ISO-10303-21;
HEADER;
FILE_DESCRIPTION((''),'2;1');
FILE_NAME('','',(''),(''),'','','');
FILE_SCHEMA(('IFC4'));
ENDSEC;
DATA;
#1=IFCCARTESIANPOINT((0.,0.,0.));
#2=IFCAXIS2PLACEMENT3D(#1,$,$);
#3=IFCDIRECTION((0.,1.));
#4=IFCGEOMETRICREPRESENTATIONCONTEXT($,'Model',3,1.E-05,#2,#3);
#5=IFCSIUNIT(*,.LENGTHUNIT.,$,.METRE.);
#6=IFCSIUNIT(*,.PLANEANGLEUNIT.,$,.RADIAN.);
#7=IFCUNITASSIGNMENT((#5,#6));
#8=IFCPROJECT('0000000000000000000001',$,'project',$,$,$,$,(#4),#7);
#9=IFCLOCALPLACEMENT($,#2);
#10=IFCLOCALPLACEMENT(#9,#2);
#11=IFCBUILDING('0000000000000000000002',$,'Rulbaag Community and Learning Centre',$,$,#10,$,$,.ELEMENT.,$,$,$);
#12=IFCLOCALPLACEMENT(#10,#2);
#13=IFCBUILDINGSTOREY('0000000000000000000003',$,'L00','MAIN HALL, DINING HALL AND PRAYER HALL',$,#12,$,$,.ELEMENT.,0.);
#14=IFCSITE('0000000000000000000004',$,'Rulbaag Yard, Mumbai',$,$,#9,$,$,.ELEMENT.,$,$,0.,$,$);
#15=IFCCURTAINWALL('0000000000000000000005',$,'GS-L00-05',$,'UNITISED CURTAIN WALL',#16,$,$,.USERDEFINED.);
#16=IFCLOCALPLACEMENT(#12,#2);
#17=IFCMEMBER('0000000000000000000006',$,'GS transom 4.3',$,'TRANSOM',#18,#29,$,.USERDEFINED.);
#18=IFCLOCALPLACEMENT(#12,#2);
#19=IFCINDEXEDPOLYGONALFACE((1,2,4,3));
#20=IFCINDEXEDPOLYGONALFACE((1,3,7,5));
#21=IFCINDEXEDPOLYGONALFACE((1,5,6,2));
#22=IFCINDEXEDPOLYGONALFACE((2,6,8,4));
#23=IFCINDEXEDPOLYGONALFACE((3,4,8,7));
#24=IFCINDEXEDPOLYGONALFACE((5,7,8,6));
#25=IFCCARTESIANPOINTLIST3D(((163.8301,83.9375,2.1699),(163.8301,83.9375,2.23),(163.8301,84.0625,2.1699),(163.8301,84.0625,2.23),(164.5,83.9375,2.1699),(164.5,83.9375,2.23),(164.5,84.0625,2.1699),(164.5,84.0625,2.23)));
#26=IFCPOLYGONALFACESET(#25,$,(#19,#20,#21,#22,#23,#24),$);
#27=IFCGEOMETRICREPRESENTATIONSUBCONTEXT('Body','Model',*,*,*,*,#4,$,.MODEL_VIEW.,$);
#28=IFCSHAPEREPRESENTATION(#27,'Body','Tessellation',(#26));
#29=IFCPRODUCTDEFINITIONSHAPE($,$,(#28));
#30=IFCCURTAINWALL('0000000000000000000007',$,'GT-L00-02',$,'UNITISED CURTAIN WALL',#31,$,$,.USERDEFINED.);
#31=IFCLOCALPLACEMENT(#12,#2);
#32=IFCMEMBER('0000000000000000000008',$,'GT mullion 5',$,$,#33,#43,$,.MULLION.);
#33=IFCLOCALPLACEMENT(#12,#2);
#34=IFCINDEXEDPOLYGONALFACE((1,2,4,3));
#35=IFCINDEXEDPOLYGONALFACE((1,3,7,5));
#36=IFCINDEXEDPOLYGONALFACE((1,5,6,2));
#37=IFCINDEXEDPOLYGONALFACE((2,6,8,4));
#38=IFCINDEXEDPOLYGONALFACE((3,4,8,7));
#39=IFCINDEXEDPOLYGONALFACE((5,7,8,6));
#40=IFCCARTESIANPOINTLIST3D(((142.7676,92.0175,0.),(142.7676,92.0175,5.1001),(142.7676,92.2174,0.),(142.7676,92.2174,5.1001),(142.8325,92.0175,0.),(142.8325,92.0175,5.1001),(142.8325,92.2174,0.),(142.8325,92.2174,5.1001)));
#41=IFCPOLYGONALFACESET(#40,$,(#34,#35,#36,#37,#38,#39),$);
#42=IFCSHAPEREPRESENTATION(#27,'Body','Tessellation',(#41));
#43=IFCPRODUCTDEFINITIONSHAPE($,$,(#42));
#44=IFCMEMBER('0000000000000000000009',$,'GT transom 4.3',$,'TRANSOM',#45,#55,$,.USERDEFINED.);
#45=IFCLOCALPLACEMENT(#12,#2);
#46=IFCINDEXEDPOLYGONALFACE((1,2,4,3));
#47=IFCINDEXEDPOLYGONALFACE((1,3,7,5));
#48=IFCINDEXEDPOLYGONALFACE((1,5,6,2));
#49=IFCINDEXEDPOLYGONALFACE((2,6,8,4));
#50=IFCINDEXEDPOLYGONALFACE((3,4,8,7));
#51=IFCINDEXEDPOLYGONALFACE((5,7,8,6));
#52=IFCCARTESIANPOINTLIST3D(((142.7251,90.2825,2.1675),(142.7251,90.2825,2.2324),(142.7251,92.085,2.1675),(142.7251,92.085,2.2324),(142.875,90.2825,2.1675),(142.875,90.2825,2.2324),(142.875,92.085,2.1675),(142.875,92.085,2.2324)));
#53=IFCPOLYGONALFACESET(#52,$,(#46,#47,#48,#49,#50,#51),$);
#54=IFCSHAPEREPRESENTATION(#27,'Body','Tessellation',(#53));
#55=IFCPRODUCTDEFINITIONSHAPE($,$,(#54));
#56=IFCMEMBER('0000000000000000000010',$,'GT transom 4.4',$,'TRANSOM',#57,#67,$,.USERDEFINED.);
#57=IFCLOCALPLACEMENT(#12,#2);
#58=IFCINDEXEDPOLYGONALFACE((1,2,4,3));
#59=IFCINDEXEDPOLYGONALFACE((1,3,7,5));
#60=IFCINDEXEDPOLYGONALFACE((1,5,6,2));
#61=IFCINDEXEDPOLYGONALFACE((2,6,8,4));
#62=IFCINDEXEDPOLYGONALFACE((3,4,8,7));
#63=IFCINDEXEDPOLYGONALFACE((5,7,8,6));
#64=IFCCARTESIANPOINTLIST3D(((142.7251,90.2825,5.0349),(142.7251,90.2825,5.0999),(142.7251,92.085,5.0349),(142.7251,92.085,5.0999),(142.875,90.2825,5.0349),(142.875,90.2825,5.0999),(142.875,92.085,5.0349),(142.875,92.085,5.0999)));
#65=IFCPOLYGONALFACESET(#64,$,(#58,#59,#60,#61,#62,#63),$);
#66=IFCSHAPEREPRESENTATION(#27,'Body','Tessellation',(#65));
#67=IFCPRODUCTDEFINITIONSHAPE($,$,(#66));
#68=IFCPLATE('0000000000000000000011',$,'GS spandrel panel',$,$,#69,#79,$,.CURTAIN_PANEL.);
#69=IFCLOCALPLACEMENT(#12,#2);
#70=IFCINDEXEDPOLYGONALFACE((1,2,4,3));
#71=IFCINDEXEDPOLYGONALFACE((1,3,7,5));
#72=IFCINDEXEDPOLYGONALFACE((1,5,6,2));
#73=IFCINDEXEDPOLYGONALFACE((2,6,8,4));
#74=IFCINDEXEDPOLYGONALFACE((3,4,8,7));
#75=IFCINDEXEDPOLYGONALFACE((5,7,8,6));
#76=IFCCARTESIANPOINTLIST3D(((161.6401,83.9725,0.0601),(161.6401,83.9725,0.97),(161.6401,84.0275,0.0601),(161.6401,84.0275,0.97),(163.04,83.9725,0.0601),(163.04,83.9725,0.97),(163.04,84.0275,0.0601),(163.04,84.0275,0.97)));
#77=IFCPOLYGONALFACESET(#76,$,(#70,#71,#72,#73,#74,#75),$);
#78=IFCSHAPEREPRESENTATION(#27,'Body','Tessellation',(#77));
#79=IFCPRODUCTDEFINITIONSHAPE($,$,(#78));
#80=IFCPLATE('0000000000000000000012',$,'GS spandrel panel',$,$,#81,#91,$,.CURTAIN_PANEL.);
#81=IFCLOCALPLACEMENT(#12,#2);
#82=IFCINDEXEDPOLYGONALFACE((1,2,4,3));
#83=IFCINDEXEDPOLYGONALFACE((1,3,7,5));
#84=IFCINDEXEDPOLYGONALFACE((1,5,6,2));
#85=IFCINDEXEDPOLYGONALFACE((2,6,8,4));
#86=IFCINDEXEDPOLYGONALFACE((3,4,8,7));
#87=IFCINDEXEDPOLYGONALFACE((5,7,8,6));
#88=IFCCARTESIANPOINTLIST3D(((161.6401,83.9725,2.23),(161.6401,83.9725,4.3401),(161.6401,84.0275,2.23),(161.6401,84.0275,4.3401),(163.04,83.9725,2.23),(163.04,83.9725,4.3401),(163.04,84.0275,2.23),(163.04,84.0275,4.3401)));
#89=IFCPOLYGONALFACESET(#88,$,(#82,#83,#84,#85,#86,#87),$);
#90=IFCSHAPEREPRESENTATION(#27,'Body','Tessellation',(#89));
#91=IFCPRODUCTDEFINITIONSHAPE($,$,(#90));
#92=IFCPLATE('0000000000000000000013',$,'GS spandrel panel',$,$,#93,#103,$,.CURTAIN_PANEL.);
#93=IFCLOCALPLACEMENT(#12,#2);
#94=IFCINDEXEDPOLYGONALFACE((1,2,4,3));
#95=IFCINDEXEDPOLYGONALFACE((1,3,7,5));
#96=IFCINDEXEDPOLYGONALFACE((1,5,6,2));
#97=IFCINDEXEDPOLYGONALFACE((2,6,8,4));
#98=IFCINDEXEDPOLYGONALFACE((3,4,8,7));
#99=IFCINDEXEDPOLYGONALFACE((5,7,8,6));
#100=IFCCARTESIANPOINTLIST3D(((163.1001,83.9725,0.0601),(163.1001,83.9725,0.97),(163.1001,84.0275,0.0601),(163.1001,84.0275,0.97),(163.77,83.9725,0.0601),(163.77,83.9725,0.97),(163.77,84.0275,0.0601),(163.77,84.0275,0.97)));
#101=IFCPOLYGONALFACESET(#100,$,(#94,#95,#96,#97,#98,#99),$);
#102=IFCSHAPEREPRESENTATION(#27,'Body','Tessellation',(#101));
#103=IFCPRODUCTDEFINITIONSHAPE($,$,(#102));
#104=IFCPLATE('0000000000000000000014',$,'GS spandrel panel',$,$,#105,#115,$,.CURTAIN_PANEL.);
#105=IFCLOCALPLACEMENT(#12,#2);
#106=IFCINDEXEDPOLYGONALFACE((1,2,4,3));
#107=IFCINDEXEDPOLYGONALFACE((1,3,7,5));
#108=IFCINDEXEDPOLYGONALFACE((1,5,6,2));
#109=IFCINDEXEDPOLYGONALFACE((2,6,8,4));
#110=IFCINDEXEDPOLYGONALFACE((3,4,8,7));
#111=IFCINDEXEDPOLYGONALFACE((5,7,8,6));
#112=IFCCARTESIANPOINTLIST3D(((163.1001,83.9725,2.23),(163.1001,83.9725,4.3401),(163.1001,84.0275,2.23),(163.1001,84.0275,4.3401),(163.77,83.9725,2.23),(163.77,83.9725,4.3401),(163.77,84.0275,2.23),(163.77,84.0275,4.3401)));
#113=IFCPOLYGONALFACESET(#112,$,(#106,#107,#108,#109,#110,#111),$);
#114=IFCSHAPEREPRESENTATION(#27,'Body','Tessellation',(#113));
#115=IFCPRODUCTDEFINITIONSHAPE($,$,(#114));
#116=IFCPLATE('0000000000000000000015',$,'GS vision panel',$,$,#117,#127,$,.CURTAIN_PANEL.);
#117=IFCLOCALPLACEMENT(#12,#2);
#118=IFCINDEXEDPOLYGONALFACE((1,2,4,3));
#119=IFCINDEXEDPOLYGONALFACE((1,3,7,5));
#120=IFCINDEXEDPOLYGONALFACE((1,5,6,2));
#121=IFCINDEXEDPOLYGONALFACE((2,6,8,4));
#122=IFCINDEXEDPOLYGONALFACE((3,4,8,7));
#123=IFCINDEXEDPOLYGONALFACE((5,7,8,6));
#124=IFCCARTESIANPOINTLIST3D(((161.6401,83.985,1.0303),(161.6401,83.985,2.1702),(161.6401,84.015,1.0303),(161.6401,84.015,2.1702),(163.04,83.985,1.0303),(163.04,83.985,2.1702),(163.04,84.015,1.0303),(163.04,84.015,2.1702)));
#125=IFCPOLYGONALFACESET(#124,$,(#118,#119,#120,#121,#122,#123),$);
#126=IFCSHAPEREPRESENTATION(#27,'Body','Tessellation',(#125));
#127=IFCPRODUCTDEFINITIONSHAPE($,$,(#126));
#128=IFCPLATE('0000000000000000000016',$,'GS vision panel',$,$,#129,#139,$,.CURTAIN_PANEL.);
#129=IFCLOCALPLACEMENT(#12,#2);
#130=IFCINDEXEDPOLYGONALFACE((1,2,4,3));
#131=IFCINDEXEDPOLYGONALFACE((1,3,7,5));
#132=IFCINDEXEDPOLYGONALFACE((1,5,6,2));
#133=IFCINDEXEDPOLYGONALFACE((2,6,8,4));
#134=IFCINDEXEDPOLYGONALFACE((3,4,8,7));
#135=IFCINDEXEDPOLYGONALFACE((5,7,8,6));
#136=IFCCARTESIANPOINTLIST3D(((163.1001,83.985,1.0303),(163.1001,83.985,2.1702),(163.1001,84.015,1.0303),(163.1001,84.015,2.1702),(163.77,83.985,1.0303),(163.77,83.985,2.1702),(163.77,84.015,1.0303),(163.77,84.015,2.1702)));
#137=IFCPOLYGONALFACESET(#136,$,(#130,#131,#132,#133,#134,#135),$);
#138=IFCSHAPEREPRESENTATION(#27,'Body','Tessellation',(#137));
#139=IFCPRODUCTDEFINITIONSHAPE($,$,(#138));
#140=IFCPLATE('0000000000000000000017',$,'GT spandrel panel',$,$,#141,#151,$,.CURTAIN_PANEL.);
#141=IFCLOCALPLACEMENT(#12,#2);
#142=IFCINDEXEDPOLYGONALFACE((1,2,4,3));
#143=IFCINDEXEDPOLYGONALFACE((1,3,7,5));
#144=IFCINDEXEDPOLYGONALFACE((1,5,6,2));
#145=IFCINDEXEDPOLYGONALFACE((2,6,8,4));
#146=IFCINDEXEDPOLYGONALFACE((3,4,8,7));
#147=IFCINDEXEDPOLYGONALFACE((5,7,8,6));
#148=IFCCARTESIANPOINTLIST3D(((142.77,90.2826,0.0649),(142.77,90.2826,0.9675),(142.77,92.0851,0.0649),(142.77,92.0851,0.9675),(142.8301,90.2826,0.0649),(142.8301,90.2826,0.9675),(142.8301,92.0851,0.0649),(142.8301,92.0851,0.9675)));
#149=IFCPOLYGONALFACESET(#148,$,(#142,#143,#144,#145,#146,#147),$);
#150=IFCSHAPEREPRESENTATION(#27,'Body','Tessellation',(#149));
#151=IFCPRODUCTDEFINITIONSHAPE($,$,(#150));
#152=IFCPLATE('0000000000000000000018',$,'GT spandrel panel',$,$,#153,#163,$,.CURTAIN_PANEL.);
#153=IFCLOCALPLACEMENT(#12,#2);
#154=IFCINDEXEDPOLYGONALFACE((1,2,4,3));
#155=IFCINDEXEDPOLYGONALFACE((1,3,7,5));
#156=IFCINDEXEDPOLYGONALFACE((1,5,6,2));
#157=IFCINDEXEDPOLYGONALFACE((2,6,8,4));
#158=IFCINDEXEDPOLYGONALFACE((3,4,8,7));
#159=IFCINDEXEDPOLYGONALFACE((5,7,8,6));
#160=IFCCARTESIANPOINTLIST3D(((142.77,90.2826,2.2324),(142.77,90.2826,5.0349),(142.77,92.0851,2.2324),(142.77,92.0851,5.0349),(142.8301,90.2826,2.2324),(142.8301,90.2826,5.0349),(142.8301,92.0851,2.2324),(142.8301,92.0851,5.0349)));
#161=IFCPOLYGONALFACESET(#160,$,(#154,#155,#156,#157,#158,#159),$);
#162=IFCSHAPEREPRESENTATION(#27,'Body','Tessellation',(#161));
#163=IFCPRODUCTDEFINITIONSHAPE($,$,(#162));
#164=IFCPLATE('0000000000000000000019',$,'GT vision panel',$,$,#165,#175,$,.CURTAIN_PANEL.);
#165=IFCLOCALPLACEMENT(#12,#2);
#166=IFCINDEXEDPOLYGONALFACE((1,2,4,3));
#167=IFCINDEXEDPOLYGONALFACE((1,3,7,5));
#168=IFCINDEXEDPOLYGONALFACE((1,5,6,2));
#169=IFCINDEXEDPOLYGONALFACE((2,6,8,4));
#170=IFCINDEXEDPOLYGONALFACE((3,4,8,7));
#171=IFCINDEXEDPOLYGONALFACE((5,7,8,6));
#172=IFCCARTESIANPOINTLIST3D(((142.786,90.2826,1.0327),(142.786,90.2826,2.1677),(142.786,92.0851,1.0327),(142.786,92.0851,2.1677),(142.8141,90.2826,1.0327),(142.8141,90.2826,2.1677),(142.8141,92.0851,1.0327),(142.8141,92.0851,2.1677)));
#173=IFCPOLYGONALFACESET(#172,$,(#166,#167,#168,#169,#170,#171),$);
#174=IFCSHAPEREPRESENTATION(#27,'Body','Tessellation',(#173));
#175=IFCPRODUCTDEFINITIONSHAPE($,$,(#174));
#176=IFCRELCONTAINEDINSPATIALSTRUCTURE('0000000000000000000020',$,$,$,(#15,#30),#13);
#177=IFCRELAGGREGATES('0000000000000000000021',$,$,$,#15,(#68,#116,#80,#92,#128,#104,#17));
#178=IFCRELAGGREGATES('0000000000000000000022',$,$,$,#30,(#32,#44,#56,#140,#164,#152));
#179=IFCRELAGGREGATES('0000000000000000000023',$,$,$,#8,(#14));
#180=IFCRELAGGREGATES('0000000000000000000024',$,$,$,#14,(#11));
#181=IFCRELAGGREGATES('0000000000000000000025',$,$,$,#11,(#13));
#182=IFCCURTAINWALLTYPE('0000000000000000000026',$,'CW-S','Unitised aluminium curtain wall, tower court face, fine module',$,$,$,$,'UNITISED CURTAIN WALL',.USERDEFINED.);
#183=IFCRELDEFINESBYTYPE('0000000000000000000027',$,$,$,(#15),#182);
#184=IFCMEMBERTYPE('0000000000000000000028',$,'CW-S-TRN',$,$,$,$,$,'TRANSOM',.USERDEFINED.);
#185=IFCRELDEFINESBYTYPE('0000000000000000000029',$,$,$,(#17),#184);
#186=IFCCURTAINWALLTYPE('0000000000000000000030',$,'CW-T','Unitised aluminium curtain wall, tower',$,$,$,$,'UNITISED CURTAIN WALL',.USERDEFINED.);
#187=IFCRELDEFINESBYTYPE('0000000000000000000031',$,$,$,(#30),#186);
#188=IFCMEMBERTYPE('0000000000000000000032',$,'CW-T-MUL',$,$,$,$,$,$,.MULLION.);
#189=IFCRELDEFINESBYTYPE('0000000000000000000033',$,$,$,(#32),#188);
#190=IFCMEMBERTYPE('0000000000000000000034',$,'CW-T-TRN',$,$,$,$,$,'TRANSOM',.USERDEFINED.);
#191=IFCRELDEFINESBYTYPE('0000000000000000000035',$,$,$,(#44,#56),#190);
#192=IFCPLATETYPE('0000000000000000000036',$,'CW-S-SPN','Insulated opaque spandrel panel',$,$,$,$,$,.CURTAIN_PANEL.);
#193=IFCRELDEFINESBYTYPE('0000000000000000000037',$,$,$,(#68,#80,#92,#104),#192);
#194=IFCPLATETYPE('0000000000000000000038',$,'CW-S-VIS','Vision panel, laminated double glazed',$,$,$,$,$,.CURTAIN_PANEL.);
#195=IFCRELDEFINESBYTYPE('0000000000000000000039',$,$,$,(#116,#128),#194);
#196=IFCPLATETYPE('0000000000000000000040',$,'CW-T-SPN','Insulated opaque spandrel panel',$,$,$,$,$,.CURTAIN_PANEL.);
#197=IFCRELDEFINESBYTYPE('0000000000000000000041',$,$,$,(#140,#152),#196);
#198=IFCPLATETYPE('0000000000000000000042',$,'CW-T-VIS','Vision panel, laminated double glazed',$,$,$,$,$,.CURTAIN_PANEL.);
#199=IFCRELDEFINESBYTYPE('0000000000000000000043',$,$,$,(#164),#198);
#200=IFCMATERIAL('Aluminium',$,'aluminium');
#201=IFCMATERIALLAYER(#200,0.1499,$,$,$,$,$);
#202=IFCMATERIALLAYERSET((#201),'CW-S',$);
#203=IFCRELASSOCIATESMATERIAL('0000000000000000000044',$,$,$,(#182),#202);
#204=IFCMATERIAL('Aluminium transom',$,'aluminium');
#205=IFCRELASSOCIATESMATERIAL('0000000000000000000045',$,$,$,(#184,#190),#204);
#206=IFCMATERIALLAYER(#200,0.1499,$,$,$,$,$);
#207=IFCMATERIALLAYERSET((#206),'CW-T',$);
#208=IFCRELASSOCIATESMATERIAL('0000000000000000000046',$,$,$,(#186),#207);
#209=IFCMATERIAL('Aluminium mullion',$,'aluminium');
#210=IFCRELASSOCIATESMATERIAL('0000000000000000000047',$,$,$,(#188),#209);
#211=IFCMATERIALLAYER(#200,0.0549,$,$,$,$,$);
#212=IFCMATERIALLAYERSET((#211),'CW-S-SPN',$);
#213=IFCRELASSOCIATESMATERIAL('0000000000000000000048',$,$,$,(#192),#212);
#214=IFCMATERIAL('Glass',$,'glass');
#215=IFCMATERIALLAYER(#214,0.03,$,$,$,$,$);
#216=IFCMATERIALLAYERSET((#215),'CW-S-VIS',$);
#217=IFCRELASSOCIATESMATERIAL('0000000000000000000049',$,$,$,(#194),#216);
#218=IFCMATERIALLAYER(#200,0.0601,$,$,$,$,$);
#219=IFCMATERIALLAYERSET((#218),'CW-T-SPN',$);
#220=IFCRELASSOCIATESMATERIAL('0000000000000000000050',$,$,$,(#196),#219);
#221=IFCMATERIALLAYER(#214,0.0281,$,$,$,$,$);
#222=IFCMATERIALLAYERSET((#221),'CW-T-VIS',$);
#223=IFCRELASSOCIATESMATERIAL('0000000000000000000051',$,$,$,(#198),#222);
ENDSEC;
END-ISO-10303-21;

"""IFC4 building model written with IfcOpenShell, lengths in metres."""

from ifc_helpers import new_model, si_unit, direction, frame, origin, origin_2d, place, context, subcontext, project, spatial, rectangle, extrude, material, layer, layer_set, material_profile, profile_set, type_object, element, aggregate, save


model = new_model("IFC4")

# Units and contexts
model_context = context("Model", 3, precision=1e-05, world=origin(), true_north=direction((0.0, 1.0)))
body_context = subcontext(model_context, "Body", "Model", "MODEL_VIEW")
ifc_project = project(units=[si_unit("LENGTHUNIT", "METRE"), si_unit("PLANEANGLEUNIT", "RADIAN")], contexts=[model_context])

# Site, building, storey
site_placement = place(None, origin())
site = spatial("IfcSite", under=ifc_project, at=site_placement, Name="Rulbaag Yard, Mumbai", CompositionType="ELEMENT", RefElevation=0.0)
building_placement = place(site_placement, origin())
building = spatial("IfcBuilding", under=site, at=building_placement, Name="Rulbaag Community and Learning Centre", CompositionType="ELEMENT")
storey_placement = place(building_placement, origin())
storey = spatial("IfcBuildingStorey", under=building, at=storey_placement, Name="L00", Description="MAIN HALL, DINING HALL AND PRAYER HALL", CompositionType="ELEMENT", Elevation=0.0)

# Curtain walls, members
ifc_material_1 = material(Name="Aluminium", Category="aluminium")
ifc_layer_1 = layer(ifc_material_1, 0.1499)
ifc_layer_set_1 = layer_set([ifc_layer_1], Name="CW-S")
curtain_wall_type_1 = type_object("IfcCurtainWallType", Name="CW-S", Description="Unitised aluminium curtain wall, tower court face, fine module", ElementType="UNITISED CURTAIN WALL", PredefinedType="USERDEFINED", material=ifc_layer_set_1)
curtain_wall_1_placement = place(storey_placement, origin())
curtain_wall_1 = element("IfcCurtainWall", 1, at=curtain_wall_1_placement, inside=storey, type_object=curtain_wall_type_1, Name="GS-L00-05", ObjectType="UNITISED CURTAIN WALL", PredefinedType="USERDEFINED")
ifc_material_2 = material(Name="Aluminium mullion", Category="aluminium")
ifc_material_3 = material(Name="Aluminium transom", Category="aluminium")
ifc_material_profile_1 = material_profile(ifc_material_3, rectangle(XDim=0.125, YDim=0.0601, at=origin_2d()), Name="AL 60x125 T")
ifc_profile_set_1 = profile_set([ifc_material_profile_1], Name="Aluminium transom")
member_type_1 = type_object("IfcMemberType", Name="CW-S-TRN", ElementType="TRANSOM", PredefinedType="USERDEFINED", material=ifc_profile_set_1)
member_1_placement = place(storey_placement, frame((163.8301, 84.0, 2.2), z_axis=(1.0, 0.0, 0.0), x_axis=(0.0, 1.0, 0.0)))
member_1 = element("IfcMember", 2, at=member_1_placement, type_object=member_type_1, Name="GS transom 4.3", ObjectType="TRANSOM", PredefinedType="USERDEFINED", context=body_context, shape_type="SweptSolid", body=[
    extrude(rectangle(XDim=0.125, YDim=0.0601, at=origin_2d()), origin(), (0.0, 0.0, 1.0), 0.6699),
])
ifc_layer_2 = layer(ifc_material_1, 0.1499)
ifc_layer_set_2 = layer_set([ifc_layer_2], Name="CW-T")
curtain_wall_type_2 = type_object("IfcCurtainWallType", Name="CW-T", Description="Unitised aluminium curtain wall, tower", ElementType="UNITISED CURTAIN WALL", PredefinedType="USERDEFINED", material=ifc_layer_set_2)
curtain_wall_2_placement = place(storey_placement, origin())
curtain_wall_2 = element("IfcCurtainWall", 3, at=curtain_wall_2_placement, inside=storey, type_object=curtain_wall_type_2, Name="GT-L00-02", ObjectType="UNITISED CURTAIN WALL", PredefinedType="USERDEFINED")
ifc_material_profile_2 = material_profile(ifc_material_2, rectangle(XDim=0.0649, YDim=0.2, at=origin_2d()), Name="AL 65x200")
ifc_profile_set_2 = profile_set([ifc_material_profile_2], Name="Aluminium mullion")
member_type_2 = type_object("IfcMemberType", Name="CW-T-MUL", PredefinedType="MULLION", material=ifc_profile_set_2)
member_2_placement = place(storey_placement, frame((142.8, 92.1174, 0.0), z_axis=(0.0, 0.0, 1.0), x_axis=(-1.0, 0.0, 0.0)))
member_2 = element("IfcMember", 4, at=member_2_placement, type_object=member_type_2, Name="GT mullion 5", PredefinedType="MULLION", context=body_context, shape_type="SweptSolid", body=[
    extrude(rectangle(XDim=0.0649, YDim=0.2, at=origin_2d()), origin(), (0.0, 0.0, 1.0), 5.1001),
])
ifc_material_profile_3 = material_profile(ifc_material_3, rectangle(XDim=0.1499, YDim=0.0649, at=origin_2d()), Name="AL 65x150 T")
ifc_profile_set_3 = profile_set([ifc_material_profile_3], Name="Aluminium transom")
member_type_3 = type_object("IfcMemberType", Name="CW-T-TRN", ElementType="TRANSOM", PredefinedType="USERDEFINED", material=ifc_profile_set_3)
member_3_placement = place(storey_placement, frame((142.8, 90.2825, 2.2), z_axis=(0.0, 1.0, 0.0), x_axis=(-1.0, 0.0, 0.0)))
member_3 = element("IfcMember", 5, at=member_3_placement, type_object=member_type_3, Name="GT transom 4.3", ObjectType="TRANSOM", PredefinedType="USERDEFINED", context=body_context, shape_type="SweptSolid", body=[
    extrude(rectangle(XDim=0.1499, YDim=0.0649, at=origin_2d()), origin(), (0.0, 0.0, 1.0), 1.8025),
])
member_4_placement = place(storey_placement, frame((142.8, 90.2825, 5.0674), z_axis=(0.0, 1.0, 0.0), x_axis=(-1.0, 0.0, 0.0)))
member_4 = element("IfcMember", 6, at=member_4_placement, type_object=member_type_3, Name="GT transom 4.4", ObjectType="TRANSOM", PredefinedType="USERDEFINED", context=body_context, shape_type="SweptSolid", body=[
    extrude(rectangle(XDim=0.1499, YDim=0.0649, at=origin_2d()), origin(), (0.0, 0.0, 1.0), 1.8025),
])

# Plates
ifc_layer_3 = layer(ifc_material_1, 0.0549)
ifc_layer_set_3 = layer_set([ifc_layer_3], Name="CW-S-SPN")
plate_type_1 = type_object("IfcPlateType", Name="CW-S-SPN", Description="Insulated opaque spandrel panel", PredefinedType="CURTAIN_PANEL", material=ifc_layer_set_3)
plate_1_placement = place(storey_placement, frame((162.3401, 84.0, 0.0601), z_axis=(0.0, 0.0, 1.0), x_axis=(1.0, 0.0, 0.0)))
plate_1 = element("IfcPlate", 7, at=plate_1_placement, type_object=plate_type_1, Name="GS spandrel panel", PredefinedType="CURTAIN_PANEL", context=body_context, shape_type="SweptSolid", body=[
    extrude(rectangle(XDim=1.3999, YDim=0.0549, at=origin_2d()), origin(), (0.0, 0.0, 1.0), 0.9099),
])
plate_2_placement = place(storey_placement, frame((162.3401, 84.0, 2.23), z_axis=(0.0, 0.0, 1.0), x_axis=(1.0, 0.0, 0.0)))
plate_2 = element("IfcPlate", 8, at=plate_2_placement, type_object=plate_type_1, Name="GS spandrel panel", PredefinedType="CURTAIN_PANEL", context=body_context, shape_type="SweptSolid", body=[
    extrude(rectangle(XDim=1.3999, YDim=0.0549, at=origin_2d()), origin(), (0.0, 0.0, 1.0), 2.1101),
])
plate_3_placement = place(storey_placement, frame((163.4351, 84.0, 0.0601), z_axis=(0.0, 0.0, 1.0), x_axis=(1.0, 0.0, 0.0)))
plate_3 = element("IfcPlate", 9, at=plate_3_placement, type_object=plate_type_1, Name="GS spandrel panel", PredefinedType="CURTAIN_PANEL", context=body_context, shape_type="SweptSolid", body=[
    extrude(rectangle(XDim=0.6699, YDim=0.0549, at=origin_2d()), origin(), (0.0, 0.0, 1.0), 0.9099),
])
plate_4_placement = place(storey_placement, frame((163.4351, 84.0, 2.23), z_axis=(0.0, 0.0, 1.0), x_axis=(1.0, 0.0, 0.0)))
plate_4 = element("IfcPlate", 10, at=plate_4_placement, type_object=plate_type_1, Name="GS spandrel panel", PredefinedType="CURTAIN_PANEL", context=body_context, shape_type="SweptSolid", body=[
    extrude(rectangle(XDim=0.6699, YDim=0.0549, at=origin_2d()), origin(), (0.0, 0.0, 1.0), 2.1101),
])
ifc_material_4 = material(Name="Glass", Category="glass")
ifc_layer_4 = layer(ifc_material_4, 0.03)
ifc_layer_set_4 = layer_set([ifc_layer_4], Name="CW-S-VIS")
plate_type_2 = type_object("IfcPlateType", Name="CW-S-VIS", Description="Vision panel, laminated double glazed", PredefinedType="CURTAIN_PANEL", material=ifc_layer_set_4)
plate_5_placement = place(storey_placement, frame((162.3401, 84.0, 1.0303), z_axis=(0.0, 0.0, 1.0), x_axis=(1.0, 0.0, 0.0)))
plate_5 = element("IfcPlate", 11, at=plate_5_placement, type_object=plate_type_2, Name="GS vision panel", PredefinedType="CURTAIN_PANEL", context=body_context, shape_type="SweptSolid", body=[
    extrude(rectangle(XDim=1.3999, YDim=0.03, at=origin_2d()), origin(), (0.0, 0.0, 1.0), 1.1399),
])
plate_6_placement = place(storey_placement, frame((163.4351, 84.0, 1.0303), z_axis=(0.0, 0.0, 1.0), x_axis=(1.0, 0.0, 0.0)))
plate_6 = element("IfcPlate", 12, at=plate_6_placement, type_object=plate_type_2, Name="GS vision panel", PredefinedType="CURTAIN_PANEL", context=body_context, shape_type="SweptSolid", body=[
    extrude(rectangle(XDim=0.6699, YDim=0.03, at=origin_2d()), origin(), (0.0, 0.0, 1.0), 1.1399),
])
aggregate(curtain_wall_1, [plate_1, plate_5, plate_2, plate_3, plate_6, plate_4, member_1])
ifc_layer_5 = layer(ifc_material_1, 0.0601)
ifc_layer_set_5 = layer_set([ifc_layer_5], Name="CW-T-SPN")
plate_type_3 = type_object("IfcPlateType", Name="CW-T-SPN", Description="Insulated opaque spandrel panel", PredefinedType="CURTAIN_PANEL", material=ifc_layer_set_5)
plate_7_placement = place(storey_placement, frame((142.8, 91.1838, 0.0649), z_axis=(0.0, 0.0, 1.0), x_axis=(0.0, 1.0, 0.0)))
plate_7 = element("IfcPlate", 13, at=plate_7_placement, type_object=plate_type_3, Name="GT spandrel panel", PredefinedType="CURTAIN_PANEL", context=body_context, shape_type="SweptSolid", body=[
    extrude(rectangle(XDim=1.8025, YDim=0.0601, at=origin_2d()), origin(), (0.0, 0.0, 1.0), 0.9026),
])
plate_8_placement = place(storey_placement, frame((142.8, 91.1838, 2.2324), z_axis=(0.0, 0.0, 1.0), x_axis=(0.0, 1.0, 0.0)))
plate_8 = element("IfcPlate", 14, at=plate_8_placement, type_object=plate_type_3, Name="GT spandrel panel", PredefinedType="CURTAIN_PANEL", context=body_context, shape_type="SweptSolid", body=[
    extrude(rectangle(XDim=1.8025, YDim=0.0601, at=origin_2d()), origin(), (0.0, 0.0, 1.0), 2.8025),
])
ifc_layer_6 = layer(ifc_material_4, 0.0281)
ifc_layer_set_6 = layer_set([ifc_layer_6], Name="CW-T-VIS")
plate_type_4 = type_object("IfcPlateType", Name="CW-T-VIS", Description="Vision panel, laminated double glazed", PredefinedType="CURTAIN_PANEL", material=ifc_layer_set_6)
plate_9_placement = place(storey_placement, frame((142.8, 91.1838, 1.0327), z_axis=(0.0, 0.0, 1.0), x_axis=(0.0, 1.0, 0.0)))
plate_9 = element("IfcPlate", 15, at=plate_9_placement, type_object=plate_type_4, Name="GT vision panel", PredefinedType="CURTAIN_PANEL", context=body_context, shape_type="SweptSolid", body=[
    extrude(rectangle(XDim=1.8025, YDim=0.0281, at=origin_2d()), origin(), (0.0, 0.0, 1.0), 1.135),
])
aggregate(curtain_wall_2, [member_2, member_3, member_4, plate_7, plate_9, plate_8])

save(model, "model.ifc")
